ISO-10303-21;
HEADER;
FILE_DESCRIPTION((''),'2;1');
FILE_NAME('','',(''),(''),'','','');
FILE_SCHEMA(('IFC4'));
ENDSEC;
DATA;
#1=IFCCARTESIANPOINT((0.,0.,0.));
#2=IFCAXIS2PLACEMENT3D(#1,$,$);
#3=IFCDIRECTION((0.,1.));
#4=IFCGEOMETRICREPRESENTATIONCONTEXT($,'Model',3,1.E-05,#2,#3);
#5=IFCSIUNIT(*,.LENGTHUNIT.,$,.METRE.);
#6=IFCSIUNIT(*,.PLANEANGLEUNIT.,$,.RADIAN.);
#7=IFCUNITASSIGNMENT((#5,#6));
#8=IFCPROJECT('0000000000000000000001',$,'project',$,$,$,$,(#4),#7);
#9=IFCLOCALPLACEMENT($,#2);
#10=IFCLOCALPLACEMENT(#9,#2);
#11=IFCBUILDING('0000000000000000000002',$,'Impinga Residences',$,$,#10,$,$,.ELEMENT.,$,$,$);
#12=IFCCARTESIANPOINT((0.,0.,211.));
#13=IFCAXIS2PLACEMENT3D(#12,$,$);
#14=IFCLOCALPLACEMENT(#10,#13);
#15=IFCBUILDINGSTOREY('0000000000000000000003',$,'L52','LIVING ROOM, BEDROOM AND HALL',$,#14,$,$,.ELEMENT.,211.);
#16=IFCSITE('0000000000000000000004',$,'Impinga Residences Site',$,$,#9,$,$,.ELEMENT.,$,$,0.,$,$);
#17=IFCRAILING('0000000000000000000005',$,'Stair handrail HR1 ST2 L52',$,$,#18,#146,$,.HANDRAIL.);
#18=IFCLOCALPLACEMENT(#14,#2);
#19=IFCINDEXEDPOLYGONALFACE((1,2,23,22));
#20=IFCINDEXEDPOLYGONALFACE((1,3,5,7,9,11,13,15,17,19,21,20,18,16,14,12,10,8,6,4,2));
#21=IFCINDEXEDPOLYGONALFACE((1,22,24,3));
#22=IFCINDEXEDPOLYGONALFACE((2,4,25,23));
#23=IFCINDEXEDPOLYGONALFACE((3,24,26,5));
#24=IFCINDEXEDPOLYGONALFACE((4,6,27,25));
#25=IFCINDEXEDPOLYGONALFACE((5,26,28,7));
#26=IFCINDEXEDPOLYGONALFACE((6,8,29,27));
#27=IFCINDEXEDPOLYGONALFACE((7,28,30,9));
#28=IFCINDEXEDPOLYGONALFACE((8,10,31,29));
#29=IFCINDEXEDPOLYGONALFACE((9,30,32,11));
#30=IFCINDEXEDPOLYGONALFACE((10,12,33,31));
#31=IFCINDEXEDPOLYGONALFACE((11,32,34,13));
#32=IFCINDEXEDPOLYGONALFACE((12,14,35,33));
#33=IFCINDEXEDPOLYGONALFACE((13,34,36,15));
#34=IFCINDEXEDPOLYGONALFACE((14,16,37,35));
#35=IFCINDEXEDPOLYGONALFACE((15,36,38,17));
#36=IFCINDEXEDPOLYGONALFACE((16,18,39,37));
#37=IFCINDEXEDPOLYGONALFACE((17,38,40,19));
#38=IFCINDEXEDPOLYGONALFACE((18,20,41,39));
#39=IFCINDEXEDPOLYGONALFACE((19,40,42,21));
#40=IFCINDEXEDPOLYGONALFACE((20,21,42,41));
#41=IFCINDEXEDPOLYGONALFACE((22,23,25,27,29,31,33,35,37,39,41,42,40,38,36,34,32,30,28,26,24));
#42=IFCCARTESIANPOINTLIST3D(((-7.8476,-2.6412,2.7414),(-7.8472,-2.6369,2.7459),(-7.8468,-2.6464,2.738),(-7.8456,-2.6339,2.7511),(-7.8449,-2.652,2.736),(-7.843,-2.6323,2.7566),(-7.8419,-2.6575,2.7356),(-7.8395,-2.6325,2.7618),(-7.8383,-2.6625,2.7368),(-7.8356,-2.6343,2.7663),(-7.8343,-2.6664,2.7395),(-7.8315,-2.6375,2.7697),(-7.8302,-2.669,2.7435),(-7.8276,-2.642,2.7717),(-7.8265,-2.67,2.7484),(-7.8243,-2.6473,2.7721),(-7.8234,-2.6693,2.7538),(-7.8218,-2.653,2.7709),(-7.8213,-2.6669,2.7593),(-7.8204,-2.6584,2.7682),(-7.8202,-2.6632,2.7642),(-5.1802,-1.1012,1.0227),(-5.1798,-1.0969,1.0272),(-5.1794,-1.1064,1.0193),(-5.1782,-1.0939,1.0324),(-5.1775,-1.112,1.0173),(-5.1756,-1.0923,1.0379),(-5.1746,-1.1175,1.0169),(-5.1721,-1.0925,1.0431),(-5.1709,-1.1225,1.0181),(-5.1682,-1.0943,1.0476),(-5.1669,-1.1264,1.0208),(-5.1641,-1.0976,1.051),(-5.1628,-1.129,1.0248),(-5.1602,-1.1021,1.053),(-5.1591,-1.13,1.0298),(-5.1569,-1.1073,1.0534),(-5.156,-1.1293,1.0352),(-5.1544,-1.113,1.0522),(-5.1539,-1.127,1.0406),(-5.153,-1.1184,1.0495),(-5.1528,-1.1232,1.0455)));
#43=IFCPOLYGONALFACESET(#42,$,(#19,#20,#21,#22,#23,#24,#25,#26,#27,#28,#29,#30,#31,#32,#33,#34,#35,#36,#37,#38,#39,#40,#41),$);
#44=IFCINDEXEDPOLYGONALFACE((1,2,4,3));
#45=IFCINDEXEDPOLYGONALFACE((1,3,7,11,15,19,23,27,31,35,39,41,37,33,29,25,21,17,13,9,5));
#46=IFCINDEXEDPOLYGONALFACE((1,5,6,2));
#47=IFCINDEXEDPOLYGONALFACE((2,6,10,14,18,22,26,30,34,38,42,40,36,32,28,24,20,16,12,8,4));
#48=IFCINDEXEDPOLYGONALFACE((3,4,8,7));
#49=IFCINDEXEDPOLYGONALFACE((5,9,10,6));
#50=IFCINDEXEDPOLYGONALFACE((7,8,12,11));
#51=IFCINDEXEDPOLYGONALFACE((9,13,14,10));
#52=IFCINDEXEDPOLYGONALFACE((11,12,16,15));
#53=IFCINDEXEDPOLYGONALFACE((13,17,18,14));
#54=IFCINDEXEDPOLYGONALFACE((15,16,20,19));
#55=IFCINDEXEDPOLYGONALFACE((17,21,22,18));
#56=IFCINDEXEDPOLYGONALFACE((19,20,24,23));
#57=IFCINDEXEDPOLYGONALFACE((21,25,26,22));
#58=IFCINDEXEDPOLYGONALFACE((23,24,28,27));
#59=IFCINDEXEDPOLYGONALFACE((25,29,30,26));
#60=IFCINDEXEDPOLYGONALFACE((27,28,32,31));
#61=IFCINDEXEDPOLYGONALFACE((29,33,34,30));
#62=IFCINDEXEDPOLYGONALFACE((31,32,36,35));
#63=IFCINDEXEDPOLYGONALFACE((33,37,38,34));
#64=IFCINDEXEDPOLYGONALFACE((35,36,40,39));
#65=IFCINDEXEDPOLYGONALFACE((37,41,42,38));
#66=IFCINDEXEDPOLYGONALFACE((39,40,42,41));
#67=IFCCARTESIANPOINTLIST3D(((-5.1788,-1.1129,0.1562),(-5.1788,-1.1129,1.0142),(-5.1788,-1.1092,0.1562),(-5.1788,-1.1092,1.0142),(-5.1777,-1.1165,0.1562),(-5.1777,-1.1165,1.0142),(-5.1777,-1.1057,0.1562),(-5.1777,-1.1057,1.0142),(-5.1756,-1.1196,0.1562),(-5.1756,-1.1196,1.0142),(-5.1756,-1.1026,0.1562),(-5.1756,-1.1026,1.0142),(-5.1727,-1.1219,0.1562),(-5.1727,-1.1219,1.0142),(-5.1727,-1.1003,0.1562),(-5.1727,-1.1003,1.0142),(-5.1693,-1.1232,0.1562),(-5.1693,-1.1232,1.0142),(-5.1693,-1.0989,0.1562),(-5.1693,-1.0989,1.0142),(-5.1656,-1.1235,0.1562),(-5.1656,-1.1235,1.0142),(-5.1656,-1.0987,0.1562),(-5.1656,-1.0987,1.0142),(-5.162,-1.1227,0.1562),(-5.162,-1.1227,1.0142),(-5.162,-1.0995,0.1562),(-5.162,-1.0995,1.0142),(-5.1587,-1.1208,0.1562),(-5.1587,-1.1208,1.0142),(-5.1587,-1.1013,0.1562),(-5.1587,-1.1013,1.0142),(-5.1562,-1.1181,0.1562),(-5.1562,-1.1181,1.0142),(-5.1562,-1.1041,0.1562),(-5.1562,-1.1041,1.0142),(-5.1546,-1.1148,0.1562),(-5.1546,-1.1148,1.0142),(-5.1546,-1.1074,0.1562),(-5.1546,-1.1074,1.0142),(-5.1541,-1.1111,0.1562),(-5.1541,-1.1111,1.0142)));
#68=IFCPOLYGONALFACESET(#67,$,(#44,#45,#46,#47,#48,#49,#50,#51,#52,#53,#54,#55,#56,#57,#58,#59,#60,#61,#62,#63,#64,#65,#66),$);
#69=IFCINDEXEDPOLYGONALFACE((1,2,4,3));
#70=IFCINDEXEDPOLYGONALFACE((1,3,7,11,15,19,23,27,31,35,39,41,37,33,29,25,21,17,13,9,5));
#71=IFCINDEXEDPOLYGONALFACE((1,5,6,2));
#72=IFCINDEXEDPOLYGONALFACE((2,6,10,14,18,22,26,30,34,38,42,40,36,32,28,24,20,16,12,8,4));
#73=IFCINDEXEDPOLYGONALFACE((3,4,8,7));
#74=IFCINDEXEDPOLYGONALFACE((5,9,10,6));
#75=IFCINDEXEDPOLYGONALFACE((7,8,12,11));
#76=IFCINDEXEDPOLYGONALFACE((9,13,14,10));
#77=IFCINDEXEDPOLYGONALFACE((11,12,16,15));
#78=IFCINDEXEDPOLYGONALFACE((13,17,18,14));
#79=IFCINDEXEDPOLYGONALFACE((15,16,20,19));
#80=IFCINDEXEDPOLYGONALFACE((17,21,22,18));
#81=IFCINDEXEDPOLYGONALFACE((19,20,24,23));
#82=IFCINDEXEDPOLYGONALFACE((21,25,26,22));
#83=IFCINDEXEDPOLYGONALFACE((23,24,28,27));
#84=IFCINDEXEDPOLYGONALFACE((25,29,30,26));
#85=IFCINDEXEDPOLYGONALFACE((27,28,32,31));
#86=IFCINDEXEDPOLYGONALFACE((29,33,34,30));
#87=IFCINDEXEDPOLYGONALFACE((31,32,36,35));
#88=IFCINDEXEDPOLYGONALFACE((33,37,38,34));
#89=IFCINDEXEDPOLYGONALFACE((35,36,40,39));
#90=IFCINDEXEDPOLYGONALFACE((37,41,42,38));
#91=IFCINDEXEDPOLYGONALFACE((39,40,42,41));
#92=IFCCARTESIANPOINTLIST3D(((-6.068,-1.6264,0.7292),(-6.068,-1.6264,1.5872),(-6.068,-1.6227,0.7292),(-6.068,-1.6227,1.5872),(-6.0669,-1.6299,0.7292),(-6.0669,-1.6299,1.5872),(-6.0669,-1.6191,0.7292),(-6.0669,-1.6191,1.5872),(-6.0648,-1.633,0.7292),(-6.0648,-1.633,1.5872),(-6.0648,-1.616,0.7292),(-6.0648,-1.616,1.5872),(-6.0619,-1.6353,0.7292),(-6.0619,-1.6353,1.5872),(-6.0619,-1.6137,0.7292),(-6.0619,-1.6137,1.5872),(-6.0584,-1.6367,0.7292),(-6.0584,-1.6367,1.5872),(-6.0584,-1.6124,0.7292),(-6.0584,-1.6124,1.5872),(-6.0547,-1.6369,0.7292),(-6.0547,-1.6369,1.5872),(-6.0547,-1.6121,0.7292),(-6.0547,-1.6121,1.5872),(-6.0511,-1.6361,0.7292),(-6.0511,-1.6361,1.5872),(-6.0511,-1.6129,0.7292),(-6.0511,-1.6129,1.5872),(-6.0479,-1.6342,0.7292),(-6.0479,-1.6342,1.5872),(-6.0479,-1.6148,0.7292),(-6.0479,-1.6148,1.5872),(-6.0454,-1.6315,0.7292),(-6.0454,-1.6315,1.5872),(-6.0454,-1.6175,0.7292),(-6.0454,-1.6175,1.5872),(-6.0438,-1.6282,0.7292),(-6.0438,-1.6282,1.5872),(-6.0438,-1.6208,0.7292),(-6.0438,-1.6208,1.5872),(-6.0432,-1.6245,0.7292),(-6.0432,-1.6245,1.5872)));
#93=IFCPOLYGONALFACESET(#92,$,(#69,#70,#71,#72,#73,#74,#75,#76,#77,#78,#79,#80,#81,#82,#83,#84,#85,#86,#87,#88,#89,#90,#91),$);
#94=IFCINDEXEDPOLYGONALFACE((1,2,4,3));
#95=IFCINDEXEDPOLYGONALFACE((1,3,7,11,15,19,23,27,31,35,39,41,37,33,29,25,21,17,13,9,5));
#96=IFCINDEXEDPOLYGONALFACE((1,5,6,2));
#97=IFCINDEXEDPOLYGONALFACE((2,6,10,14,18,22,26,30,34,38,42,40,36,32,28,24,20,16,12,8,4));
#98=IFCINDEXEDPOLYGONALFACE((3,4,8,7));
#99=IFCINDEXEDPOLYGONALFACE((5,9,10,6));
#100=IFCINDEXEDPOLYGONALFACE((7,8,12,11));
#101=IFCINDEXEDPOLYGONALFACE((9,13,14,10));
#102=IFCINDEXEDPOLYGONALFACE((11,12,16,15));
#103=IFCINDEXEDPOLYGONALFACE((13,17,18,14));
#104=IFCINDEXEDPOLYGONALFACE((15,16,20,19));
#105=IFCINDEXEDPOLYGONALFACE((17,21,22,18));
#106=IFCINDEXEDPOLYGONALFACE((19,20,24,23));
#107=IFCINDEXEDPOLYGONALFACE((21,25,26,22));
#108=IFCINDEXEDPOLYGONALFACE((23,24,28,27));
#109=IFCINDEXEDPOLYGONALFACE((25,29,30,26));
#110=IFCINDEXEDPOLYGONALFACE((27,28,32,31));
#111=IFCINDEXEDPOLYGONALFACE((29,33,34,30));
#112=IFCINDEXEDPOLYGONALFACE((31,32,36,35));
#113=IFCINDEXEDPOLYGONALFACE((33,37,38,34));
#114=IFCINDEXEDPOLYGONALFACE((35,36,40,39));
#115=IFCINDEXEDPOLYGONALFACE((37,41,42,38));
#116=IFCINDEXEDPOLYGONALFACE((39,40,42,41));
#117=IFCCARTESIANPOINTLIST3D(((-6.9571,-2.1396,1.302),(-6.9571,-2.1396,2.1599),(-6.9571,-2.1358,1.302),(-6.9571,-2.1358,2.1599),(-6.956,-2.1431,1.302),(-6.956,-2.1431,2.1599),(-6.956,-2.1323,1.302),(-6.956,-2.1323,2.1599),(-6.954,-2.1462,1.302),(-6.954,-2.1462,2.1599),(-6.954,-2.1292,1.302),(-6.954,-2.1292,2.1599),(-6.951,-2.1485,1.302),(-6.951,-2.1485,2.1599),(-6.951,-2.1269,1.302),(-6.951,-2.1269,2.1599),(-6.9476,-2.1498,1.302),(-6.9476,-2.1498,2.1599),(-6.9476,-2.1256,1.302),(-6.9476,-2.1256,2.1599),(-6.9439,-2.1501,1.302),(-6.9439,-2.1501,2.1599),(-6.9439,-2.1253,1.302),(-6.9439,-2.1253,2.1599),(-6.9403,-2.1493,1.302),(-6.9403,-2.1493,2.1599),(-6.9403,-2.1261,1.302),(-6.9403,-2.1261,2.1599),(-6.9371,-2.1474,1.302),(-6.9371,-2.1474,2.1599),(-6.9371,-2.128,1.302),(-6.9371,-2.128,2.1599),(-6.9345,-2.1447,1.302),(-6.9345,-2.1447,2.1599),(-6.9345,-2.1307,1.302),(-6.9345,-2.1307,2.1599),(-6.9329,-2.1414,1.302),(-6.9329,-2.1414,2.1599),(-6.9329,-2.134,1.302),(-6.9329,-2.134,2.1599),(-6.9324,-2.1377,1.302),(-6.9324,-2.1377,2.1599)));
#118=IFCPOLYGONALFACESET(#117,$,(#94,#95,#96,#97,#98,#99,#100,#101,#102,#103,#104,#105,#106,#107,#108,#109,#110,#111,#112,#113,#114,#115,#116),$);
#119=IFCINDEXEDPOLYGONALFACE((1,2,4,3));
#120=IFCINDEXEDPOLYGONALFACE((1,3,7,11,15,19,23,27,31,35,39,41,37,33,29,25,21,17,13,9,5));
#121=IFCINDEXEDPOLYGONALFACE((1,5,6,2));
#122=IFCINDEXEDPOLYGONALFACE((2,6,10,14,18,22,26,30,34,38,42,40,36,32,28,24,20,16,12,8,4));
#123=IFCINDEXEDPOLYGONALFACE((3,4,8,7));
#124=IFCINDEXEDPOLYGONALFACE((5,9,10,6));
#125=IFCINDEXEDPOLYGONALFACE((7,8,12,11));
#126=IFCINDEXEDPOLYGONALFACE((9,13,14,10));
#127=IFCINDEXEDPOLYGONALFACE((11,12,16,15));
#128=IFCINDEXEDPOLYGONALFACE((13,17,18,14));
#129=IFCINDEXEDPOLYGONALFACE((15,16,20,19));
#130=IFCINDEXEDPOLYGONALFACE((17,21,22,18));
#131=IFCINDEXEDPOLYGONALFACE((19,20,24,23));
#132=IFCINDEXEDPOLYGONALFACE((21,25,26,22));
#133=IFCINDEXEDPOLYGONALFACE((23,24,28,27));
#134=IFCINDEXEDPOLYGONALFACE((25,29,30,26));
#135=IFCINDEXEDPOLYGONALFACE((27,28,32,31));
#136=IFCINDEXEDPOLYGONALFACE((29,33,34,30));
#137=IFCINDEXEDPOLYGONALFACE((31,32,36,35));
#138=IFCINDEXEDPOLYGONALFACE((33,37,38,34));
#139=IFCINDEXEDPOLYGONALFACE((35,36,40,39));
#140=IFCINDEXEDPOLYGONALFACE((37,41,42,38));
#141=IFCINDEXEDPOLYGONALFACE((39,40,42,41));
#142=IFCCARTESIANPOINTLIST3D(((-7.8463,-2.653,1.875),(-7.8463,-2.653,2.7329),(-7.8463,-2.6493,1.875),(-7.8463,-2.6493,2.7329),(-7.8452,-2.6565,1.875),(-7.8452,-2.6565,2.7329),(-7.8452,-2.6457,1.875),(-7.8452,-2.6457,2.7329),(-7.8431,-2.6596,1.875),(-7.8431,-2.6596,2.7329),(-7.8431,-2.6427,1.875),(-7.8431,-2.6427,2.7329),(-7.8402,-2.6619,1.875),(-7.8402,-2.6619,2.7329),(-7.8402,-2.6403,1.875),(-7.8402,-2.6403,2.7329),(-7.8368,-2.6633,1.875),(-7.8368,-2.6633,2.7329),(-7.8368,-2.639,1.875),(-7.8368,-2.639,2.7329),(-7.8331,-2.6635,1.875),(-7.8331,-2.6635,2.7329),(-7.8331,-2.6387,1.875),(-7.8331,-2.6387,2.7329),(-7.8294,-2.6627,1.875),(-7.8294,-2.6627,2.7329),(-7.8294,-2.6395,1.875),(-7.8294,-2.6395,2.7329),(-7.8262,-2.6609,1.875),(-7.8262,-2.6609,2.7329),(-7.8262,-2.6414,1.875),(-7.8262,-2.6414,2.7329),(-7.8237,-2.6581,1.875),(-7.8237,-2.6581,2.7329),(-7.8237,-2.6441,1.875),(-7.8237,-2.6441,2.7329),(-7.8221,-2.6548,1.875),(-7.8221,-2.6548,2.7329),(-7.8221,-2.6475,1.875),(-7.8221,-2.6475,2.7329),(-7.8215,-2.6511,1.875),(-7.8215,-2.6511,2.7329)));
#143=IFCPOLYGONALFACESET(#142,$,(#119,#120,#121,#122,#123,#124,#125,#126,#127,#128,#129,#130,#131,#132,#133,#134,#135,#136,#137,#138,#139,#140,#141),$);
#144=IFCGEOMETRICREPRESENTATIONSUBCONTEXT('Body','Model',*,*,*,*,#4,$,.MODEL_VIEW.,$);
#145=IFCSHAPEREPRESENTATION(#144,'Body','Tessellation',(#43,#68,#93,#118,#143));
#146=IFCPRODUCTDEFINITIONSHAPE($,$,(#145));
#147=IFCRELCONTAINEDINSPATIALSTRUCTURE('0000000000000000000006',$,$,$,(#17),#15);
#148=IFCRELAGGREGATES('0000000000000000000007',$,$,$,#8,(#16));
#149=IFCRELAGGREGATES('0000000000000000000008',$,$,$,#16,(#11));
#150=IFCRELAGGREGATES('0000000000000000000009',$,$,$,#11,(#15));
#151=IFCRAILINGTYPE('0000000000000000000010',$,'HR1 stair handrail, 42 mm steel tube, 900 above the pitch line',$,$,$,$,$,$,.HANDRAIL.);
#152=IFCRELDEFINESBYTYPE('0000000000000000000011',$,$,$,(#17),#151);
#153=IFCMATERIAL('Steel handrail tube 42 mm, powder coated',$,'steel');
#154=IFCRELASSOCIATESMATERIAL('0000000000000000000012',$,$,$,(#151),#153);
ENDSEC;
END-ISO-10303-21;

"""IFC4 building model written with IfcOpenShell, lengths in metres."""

from ifc_helpers import new_model, si_unit, direction, frame, origin, origin_2d, place, context, subcontext, project, spatial, circle, extrude, material, type_object, element, save


model = new_model("IFC4")

# Units and contexts
model_context = context("Model", 3, precision=1e-05, world=origin(), true_north=direction((0.0, 1.0)))
body_context = subcontext(model_context, "Body", "Model", "MODEL_VIEW")
ifc_project = project(units=[si_unit("LENGTHUNIT", "METRE"), si_unit("PLANEANGLEUNIT", "RADIAN")], contexts=[model_context])

# Site, building, storey
site_placement = place(None, origin())
site = spatial("IfcSite", under=ifc_project, at=site_placement, Name="Impinga Residences Site", CompositionType="ELEMENT", RefElevation=0.0)
building_placement = place(site_placement, origin())
building = spatial("IfcBuilding", under=site, at=building_placement, Name="Impinga Residences", CompositionType="ELEMENT")
storey_placement = place(building_placement, frame((0.0, 0.0, 211.0)))
storey = spatial("IfcBuildingStorey", under=building, at=storey_placement, Name="L52", Description="LIVING ROOM, BEDROOM AND HALL", CompositionType="ELEMENT", Elevation=211.0)

# Railing
ifc_material_1 = material(Name="Steel handrail tube 42 mm, powder coated", Category="steel")
railing_type = type_object("IfcRailingType", Name="HR1 stair handrail, 42 mm steel tube, 900 above the pitch line", PredefinedType="HANDRAIL", material=ifc_material_1)
railing_placement = place(storey_placement, frame((-5.1665, -1.1111, 0.1562)))
element("IfcRailing", 1, at=railing_placement, inside=storey, type_object=railing_type, Name="Stair handrail HR1 ST2 L52", PredefinedType="HANDRAIL", context=body_context, shape_type="SweptSolid", body=[
    extrude(circle(Radius=0.021, at=origin_2d()), frame((0.0, 0.0, 0.8789), z_axis=(-0.756256, -0.436616, 0.487282), x_axis=(0.499992, -0.86603, 0.0)), (0.0, 0.0, 1.0), 3.5271),
    extrude(circle(Radius=0.0125, at=origin_2d()), origin(), (0.0, 0.0, 1.0), 0.8579),
    extrude(circle(Radius=0.0125, at=origin_2d()), frame((-0.8892, -0.5134, 0.573)), (0.0, 0.0, 1.0), 0.8579),
    extrude(circle(Radius=0.0125, at=origin_2d()), frame((-1.7783, -1.0266, 1.1458)), (0.0, 0.0, 1.0), 0.8579),
    extrude(circle(Radius=0.0125, at=origin_2d()), frame((-2.6675, -1.54, 1.7188)), (0.0, 0.0, 1.0), 0.8579),
])

save(model, "model.ifc")
